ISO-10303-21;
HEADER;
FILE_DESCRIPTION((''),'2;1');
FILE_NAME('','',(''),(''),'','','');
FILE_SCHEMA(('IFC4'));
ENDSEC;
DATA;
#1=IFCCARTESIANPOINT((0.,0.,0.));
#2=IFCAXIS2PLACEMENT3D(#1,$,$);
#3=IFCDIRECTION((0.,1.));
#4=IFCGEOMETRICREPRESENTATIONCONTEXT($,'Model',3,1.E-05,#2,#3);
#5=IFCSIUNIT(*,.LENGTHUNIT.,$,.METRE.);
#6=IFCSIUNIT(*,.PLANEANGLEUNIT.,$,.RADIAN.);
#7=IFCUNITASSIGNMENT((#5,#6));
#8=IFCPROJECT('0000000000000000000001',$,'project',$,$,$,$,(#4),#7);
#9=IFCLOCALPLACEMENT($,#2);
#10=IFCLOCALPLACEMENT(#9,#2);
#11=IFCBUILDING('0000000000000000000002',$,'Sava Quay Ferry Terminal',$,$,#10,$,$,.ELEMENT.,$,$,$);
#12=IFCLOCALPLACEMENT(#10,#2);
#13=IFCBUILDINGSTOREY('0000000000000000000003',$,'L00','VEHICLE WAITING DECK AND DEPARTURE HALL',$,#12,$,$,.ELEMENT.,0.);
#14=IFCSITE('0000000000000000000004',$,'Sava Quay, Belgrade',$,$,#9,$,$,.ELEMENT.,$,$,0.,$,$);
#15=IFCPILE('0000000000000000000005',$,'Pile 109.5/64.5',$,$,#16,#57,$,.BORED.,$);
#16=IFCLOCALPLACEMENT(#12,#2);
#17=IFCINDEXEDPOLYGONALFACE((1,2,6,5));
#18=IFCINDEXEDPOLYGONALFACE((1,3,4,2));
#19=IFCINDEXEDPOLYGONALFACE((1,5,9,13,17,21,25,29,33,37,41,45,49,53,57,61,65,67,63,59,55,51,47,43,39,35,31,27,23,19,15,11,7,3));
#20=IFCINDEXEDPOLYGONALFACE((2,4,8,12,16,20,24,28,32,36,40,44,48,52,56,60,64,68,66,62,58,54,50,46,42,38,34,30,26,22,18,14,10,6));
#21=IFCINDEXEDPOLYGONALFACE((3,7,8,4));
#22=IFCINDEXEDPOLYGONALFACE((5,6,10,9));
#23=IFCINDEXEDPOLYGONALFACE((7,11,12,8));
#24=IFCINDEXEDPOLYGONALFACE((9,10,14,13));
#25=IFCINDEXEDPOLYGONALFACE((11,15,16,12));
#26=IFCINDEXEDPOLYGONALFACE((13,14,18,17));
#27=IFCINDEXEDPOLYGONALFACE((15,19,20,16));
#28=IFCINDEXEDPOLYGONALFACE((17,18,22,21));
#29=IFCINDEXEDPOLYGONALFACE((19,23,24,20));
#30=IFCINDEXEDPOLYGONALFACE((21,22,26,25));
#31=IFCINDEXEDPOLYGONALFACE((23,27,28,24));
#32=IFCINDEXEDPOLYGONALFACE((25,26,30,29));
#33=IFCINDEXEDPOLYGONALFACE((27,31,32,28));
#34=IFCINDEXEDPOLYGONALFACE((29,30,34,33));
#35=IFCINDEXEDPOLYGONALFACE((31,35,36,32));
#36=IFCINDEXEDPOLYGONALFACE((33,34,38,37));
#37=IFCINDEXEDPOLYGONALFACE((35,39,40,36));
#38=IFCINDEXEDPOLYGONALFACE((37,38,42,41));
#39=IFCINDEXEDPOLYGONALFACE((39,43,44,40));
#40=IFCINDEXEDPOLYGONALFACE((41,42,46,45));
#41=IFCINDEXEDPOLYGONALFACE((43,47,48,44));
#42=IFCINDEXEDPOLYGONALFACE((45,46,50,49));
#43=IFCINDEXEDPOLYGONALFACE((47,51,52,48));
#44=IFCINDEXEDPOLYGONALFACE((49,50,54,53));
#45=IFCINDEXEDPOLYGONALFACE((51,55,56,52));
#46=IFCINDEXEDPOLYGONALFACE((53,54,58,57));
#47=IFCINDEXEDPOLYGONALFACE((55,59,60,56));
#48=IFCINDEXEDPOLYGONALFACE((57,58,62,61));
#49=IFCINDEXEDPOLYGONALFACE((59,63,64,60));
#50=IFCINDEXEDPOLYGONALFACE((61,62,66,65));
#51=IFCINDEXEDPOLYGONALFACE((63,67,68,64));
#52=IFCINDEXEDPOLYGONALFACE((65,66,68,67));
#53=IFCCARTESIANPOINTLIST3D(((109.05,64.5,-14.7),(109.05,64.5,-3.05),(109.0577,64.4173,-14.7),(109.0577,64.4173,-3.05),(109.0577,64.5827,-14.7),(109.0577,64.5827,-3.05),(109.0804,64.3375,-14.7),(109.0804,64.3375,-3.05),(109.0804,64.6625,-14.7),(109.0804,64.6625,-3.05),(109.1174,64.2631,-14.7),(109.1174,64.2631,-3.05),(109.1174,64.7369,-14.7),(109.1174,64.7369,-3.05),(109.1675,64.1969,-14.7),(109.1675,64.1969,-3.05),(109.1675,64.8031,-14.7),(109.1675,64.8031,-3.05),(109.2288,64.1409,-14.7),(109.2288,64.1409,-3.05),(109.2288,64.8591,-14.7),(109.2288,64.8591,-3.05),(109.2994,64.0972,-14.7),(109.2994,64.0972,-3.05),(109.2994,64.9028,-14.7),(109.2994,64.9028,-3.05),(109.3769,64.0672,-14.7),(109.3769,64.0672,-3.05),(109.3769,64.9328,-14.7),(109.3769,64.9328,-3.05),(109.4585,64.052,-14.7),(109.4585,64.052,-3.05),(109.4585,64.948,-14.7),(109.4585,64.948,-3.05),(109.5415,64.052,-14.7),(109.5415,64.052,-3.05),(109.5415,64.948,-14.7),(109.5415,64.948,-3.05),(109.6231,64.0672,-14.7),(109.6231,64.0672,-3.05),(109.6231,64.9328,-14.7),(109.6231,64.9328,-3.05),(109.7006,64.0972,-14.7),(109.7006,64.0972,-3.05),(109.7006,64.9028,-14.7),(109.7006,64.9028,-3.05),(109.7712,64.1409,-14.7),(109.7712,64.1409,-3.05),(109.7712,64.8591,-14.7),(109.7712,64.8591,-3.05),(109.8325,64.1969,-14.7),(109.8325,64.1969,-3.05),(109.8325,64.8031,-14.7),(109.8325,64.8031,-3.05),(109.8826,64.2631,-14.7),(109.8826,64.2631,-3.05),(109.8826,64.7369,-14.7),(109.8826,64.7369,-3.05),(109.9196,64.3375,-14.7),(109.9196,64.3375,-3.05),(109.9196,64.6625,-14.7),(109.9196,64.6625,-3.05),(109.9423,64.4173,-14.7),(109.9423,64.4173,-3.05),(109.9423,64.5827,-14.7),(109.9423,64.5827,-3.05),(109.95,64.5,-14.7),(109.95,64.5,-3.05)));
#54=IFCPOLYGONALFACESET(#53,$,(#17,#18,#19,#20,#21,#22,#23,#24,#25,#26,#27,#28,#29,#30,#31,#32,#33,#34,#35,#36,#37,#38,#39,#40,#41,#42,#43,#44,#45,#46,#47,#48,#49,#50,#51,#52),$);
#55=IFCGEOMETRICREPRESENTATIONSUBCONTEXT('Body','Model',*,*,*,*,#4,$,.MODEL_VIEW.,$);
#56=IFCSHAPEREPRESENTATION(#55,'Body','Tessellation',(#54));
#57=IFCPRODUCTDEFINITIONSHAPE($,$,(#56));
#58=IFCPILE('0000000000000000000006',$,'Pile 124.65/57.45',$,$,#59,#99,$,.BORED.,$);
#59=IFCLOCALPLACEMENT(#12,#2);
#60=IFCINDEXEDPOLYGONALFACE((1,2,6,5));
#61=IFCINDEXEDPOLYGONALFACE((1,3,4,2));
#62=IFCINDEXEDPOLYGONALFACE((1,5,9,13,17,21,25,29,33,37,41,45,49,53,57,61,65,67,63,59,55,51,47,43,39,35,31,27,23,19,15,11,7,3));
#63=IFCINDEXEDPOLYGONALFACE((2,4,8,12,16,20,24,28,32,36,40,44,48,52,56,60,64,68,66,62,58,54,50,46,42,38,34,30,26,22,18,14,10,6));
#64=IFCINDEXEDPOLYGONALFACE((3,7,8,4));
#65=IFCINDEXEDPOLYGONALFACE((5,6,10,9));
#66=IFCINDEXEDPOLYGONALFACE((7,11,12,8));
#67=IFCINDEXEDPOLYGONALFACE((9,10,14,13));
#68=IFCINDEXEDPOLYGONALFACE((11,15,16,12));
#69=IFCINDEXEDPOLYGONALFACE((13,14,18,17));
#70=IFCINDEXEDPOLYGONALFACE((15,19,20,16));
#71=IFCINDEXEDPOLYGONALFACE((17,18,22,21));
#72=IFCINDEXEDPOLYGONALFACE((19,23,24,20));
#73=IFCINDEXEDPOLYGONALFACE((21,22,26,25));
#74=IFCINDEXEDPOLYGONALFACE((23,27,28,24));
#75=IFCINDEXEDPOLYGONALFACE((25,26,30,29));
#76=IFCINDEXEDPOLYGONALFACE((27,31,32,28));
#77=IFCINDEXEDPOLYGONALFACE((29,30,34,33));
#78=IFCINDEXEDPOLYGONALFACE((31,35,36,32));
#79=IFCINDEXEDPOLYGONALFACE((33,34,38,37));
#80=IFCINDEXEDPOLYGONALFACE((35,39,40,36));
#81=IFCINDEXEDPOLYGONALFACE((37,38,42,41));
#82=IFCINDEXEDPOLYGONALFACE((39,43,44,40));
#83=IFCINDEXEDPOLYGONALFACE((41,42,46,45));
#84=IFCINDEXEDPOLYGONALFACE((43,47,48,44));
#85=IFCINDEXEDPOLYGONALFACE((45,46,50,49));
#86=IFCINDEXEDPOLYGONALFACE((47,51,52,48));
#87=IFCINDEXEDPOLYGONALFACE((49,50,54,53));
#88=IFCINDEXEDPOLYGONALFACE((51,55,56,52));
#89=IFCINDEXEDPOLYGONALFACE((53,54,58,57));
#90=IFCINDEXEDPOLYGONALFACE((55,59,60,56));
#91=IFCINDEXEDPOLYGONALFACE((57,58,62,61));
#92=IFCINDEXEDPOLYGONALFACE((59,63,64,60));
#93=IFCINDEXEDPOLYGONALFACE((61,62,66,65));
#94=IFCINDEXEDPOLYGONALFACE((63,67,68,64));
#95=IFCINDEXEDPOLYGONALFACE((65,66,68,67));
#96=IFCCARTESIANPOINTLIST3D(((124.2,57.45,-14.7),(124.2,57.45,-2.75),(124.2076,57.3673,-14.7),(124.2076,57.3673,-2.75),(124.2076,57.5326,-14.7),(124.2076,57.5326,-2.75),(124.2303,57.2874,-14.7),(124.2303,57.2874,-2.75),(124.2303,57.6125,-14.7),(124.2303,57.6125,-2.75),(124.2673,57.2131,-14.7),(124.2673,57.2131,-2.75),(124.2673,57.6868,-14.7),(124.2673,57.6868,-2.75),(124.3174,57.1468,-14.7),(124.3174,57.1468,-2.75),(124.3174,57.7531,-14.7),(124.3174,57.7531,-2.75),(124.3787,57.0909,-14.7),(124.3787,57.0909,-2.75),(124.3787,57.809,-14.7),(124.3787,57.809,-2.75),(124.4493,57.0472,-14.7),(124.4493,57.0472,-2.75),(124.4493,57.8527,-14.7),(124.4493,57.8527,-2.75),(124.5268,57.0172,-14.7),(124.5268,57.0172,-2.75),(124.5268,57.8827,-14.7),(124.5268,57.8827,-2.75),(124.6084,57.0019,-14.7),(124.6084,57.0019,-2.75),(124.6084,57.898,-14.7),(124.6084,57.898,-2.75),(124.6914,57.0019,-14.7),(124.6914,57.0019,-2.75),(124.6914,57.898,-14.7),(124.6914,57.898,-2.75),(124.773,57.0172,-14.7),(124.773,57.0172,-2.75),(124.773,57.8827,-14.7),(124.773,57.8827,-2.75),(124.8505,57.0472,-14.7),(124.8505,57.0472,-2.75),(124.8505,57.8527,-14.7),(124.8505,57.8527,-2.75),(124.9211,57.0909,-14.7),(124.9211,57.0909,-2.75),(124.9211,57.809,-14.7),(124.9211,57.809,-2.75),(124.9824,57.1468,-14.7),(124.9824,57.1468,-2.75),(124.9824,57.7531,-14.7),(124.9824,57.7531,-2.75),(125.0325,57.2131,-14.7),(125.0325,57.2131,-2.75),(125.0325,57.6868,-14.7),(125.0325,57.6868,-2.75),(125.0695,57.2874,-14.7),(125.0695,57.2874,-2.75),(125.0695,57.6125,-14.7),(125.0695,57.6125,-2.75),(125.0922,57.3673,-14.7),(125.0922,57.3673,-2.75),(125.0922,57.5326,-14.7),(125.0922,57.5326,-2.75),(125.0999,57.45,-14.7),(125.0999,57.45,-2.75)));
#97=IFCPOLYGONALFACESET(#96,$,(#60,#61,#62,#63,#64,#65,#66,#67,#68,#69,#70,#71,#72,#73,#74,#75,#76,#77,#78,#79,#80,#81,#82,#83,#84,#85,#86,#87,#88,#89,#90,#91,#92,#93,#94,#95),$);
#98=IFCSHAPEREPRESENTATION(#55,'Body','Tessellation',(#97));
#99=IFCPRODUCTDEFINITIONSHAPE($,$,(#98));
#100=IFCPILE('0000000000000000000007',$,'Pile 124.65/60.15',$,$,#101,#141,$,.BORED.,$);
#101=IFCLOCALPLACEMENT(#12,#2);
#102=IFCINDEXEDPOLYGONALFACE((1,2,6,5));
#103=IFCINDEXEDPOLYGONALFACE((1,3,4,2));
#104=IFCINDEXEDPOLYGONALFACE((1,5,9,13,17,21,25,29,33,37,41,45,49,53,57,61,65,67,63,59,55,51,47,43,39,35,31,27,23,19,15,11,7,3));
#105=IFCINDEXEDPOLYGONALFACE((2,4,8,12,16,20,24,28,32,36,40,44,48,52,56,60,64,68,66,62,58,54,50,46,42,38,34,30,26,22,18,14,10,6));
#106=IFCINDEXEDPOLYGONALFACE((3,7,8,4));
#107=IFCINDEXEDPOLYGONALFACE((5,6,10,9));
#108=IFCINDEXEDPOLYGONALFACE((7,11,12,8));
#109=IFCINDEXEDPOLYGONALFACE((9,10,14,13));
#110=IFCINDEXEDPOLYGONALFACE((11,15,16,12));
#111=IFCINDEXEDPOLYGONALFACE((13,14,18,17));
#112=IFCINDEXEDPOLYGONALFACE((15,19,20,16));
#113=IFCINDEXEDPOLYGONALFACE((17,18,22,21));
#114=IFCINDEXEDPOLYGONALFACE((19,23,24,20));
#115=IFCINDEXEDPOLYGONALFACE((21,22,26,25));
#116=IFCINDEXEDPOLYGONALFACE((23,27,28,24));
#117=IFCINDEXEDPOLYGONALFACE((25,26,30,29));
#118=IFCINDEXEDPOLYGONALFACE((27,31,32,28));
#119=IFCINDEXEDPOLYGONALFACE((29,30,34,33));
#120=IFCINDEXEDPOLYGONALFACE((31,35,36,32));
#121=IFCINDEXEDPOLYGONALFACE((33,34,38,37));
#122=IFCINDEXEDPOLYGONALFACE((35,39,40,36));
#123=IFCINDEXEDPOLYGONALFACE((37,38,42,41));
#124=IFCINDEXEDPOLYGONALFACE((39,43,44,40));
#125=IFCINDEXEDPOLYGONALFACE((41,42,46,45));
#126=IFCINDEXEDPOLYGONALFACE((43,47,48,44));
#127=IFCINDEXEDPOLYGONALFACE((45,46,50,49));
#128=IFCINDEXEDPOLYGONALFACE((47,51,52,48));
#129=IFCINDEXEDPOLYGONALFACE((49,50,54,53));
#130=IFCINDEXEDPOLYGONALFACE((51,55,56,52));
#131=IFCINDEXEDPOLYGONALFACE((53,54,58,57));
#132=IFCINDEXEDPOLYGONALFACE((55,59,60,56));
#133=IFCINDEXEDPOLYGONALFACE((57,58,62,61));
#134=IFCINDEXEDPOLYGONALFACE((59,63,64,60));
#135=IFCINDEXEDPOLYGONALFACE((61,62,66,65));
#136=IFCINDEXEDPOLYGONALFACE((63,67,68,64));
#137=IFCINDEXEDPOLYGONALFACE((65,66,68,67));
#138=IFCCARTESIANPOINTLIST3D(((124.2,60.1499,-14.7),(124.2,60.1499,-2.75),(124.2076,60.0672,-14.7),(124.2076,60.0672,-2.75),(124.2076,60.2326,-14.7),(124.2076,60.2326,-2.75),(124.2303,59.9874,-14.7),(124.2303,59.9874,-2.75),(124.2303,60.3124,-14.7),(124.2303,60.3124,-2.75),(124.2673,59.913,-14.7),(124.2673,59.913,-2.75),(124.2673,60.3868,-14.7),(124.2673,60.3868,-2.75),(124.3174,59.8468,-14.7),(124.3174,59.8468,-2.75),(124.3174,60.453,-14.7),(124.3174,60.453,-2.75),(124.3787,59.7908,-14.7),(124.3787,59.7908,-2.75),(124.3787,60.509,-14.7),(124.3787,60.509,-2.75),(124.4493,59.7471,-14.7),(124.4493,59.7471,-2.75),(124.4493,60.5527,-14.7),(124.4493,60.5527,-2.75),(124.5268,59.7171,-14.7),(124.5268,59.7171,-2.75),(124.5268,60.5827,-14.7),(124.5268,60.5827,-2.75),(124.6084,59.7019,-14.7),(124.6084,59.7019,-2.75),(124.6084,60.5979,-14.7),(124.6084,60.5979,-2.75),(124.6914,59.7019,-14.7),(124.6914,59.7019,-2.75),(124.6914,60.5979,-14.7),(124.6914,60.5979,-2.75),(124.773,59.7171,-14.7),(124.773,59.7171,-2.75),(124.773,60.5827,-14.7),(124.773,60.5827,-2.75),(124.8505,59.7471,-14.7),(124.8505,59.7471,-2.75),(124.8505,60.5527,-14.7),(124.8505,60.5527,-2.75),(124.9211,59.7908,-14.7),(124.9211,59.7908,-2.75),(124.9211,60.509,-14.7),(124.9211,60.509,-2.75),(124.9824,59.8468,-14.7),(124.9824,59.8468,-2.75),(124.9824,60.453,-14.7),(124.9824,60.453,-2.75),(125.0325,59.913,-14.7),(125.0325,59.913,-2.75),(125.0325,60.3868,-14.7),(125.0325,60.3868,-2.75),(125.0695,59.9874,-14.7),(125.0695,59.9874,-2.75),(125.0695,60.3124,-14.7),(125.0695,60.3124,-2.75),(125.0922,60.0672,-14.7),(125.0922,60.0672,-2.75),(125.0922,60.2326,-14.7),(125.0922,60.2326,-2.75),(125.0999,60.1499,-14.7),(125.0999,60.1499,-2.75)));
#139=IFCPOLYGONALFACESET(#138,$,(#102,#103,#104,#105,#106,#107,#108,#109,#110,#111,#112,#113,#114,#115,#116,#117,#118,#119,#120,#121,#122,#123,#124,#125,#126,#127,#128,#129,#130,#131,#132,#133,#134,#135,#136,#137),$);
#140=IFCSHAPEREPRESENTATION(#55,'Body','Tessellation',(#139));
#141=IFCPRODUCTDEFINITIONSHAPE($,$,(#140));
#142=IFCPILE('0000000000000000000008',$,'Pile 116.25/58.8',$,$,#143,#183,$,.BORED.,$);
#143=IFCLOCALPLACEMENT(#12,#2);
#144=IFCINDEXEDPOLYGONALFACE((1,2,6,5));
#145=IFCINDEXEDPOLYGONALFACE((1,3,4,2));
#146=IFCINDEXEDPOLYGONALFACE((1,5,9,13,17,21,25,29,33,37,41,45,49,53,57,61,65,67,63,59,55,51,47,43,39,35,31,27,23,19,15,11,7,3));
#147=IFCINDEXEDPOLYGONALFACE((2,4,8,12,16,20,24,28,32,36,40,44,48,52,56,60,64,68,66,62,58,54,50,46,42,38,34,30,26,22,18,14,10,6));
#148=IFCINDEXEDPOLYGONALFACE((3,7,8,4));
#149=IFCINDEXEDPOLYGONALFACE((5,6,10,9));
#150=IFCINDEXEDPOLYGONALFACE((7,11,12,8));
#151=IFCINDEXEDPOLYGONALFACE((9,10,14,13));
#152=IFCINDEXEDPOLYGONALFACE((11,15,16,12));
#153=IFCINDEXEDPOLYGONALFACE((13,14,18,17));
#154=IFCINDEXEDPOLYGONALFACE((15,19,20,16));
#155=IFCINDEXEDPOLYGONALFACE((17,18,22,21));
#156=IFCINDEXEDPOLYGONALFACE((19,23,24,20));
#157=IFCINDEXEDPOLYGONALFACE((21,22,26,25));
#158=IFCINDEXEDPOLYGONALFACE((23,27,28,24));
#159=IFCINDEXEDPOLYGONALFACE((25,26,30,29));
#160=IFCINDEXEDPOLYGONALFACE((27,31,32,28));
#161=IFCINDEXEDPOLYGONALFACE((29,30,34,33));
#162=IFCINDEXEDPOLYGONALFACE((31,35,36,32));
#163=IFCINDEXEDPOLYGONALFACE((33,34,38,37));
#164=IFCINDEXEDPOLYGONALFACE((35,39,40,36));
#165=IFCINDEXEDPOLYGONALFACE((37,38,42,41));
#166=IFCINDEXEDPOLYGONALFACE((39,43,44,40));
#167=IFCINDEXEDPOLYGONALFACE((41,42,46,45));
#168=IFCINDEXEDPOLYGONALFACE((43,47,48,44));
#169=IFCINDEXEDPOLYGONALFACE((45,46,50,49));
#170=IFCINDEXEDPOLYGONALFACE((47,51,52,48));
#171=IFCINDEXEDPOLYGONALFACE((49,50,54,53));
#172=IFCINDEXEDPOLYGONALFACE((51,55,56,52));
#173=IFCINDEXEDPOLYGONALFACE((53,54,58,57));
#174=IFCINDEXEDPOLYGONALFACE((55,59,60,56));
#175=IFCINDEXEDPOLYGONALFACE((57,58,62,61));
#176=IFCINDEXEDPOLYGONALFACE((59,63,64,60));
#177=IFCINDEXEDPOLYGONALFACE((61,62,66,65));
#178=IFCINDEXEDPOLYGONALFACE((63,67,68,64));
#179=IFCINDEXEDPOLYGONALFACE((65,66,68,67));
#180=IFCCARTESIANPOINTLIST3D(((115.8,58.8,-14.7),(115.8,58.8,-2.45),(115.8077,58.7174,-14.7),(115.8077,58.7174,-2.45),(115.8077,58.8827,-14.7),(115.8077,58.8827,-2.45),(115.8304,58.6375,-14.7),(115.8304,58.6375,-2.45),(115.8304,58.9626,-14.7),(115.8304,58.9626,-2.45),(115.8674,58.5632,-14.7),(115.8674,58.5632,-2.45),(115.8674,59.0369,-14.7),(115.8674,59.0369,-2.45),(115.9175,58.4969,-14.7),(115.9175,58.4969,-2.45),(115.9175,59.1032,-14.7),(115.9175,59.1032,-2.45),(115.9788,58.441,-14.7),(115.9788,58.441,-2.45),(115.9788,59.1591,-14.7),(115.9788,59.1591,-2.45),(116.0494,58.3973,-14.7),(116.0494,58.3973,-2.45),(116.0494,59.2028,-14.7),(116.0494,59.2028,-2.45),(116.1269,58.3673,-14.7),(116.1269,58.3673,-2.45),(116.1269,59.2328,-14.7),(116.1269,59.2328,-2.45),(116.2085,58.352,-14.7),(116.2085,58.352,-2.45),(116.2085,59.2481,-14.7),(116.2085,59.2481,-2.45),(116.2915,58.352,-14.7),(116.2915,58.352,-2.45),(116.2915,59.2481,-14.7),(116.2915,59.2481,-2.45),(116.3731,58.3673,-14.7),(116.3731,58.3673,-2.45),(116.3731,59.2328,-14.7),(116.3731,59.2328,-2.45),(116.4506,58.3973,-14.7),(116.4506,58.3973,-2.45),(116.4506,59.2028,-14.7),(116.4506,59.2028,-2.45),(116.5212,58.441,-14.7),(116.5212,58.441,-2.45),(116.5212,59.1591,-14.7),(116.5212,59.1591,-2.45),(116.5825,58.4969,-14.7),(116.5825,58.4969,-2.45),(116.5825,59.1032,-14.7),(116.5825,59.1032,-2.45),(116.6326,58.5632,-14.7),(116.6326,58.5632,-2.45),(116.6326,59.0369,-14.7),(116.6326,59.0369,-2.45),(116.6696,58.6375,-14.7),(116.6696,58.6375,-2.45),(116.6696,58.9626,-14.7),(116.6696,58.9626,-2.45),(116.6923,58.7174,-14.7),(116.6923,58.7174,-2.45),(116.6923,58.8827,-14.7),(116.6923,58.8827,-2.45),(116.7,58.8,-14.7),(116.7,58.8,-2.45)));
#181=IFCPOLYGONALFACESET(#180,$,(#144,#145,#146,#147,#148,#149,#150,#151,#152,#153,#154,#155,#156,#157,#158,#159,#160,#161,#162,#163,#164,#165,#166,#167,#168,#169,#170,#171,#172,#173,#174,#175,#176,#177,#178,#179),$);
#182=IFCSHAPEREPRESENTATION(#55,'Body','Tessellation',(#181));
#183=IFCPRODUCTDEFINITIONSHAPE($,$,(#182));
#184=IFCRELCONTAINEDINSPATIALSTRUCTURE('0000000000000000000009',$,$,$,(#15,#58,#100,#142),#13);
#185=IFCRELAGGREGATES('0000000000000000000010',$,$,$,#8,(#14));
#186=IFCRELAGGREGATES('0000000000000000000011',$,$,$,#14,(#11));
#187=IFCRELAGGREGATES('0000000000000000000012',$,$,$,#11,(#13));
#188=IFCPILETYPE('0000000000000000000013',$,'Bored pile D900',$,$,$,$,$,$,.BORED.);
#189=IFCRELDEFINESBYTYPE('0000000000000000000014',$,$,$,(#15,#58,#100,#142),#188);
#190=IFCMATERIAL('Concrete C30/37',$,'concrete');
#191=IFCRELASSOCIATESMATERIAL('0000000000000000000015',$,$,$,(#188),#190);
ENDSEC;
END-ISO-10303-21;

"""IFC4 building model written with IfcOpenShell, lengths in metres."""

from ifc_helpers import new_model, si_unit, direction, frame, origin, origin_2d, place, context, subcontext, project, spatial, circle, extrude, material, material_profile, profile_set, type_object, element, save


model = new_model("IFC4")

# Units and contexts
model_context = context("Model", 3, precision=1e-05, world=origin(), true_north=direction((0.0, 1.0)))
body_context = subcontext(model_context, "Body", "Model", "MODEL_VIEW")
ifc_project = project(units=[si_unit("LENGTHUNIT", "METRE"), si_unit("PLANEANGLEUNIT", "RADIAN")], contexts=[model_context])

# Site, building, storey
site_placement = place(None, origin())
site = spatial("IfcSite", under=ifc_project, at=site_placement, Name="Sava Quay, Belgrade", CompositionType="ELEMENT", RefElevation=0.0)
building_placement = place(site_placement, origin())
building = spatial("IfcBuilding", under=site, at=building_placement, Name="Sava Quay Ferry Terminal", CompositionType="ELEMENT")
storey_placement = place(building_placement, origin())
storey = spatial("IfcBuildingStorey", under=building, at=storey_placement, Name="L00", Description="VEHICLE WAITING DECK AND DEPARTURE HALL", CompositionType="ELEMENT", Elevation=0.0)

# Piles
ifc_material_1 = material(Name="Concrete C30/37", Category="concrete")
ifc_material_profile_1 = material_profile(ifc_material_1, circle(Radius=0.45, at=origin_2d()), Name="Bored pile D900")
ifc_profile_set_1 = profile_set([ifc_material_profile_1], Name="Concrete C30/37")
pile_type = type_object("IfcPileType", Name="Bored pile D900", PredefinedType="BORED", material=ifc_profile_set_1)
for number, where, z_axis, x_axis, name in (
    (1, (109.5, 64.5, -3.05), (0.0, 0.0, -1.0), (1.0, 0.0, 0.0), "Pile 109.5/64.5"),
):
    element("IfcPile", number, at=place(storey_placement, frame(where, z_axis=z_axis, x_axis=x_axis)), inside=storey, type_object=pile_type, Name=name, PredefinedType="BORED", context=body_context, shape_type="SweptSolid", body=[
        extrude(circle(Radius=0.45, at=origin_2d()), origin(), (0.0, 0.0, 1.0), 11.6499),
    ])
for number, where, z_axis, x_axis, name in (
    (2, (124.6499, 57.45, -2.75), (0.0, 0.0, -1.0), (1.0, 0.0, 0.0), "Pile 124.65/57.45"),
    (3, (124.6499, 60.1499, -2.75), (0.0, 0.0, -1.0), (1.0, 0.0, 0.0), "Pile 124.65/60.15"),
):
    element("IfcPile", number, at=place(storey_placement, frame(where, z_axis=z_axis, x_axis=x_axis)), inside=storey, type_object=pile_type, Name=name, PredefinedType="BORED", context=body_context, shape_type="SweptSolid", body=[
        extrude(circle(Radius=0.45, at=origin_2d()), origin(), (0.0, 0.0, 1.0), 11.95),
    ])
for number, where, z_axis, x_axis, name in (
    (4, (116.25, 58.8, -2.45), (0.0, 0.0, -1.0), (1.0, 0.0, 0.0), "Pile 116.25/58.8"),
):
    element("IfcPile", number, at=place(storey_placement, frame(where, z_axis=z_axis, x_axis=x_axis)), inside=storey, type_object=pile_type, Name=name, PredefinedType="BORED", context=body_context, shape_type="SweptSolid", body=[
        extrude(circle(Radius=0.45, at=origin_2d()), origin(), (0.0, 0.0, 1.0), 12.25),
    ])

save(model, "model.ifc")
